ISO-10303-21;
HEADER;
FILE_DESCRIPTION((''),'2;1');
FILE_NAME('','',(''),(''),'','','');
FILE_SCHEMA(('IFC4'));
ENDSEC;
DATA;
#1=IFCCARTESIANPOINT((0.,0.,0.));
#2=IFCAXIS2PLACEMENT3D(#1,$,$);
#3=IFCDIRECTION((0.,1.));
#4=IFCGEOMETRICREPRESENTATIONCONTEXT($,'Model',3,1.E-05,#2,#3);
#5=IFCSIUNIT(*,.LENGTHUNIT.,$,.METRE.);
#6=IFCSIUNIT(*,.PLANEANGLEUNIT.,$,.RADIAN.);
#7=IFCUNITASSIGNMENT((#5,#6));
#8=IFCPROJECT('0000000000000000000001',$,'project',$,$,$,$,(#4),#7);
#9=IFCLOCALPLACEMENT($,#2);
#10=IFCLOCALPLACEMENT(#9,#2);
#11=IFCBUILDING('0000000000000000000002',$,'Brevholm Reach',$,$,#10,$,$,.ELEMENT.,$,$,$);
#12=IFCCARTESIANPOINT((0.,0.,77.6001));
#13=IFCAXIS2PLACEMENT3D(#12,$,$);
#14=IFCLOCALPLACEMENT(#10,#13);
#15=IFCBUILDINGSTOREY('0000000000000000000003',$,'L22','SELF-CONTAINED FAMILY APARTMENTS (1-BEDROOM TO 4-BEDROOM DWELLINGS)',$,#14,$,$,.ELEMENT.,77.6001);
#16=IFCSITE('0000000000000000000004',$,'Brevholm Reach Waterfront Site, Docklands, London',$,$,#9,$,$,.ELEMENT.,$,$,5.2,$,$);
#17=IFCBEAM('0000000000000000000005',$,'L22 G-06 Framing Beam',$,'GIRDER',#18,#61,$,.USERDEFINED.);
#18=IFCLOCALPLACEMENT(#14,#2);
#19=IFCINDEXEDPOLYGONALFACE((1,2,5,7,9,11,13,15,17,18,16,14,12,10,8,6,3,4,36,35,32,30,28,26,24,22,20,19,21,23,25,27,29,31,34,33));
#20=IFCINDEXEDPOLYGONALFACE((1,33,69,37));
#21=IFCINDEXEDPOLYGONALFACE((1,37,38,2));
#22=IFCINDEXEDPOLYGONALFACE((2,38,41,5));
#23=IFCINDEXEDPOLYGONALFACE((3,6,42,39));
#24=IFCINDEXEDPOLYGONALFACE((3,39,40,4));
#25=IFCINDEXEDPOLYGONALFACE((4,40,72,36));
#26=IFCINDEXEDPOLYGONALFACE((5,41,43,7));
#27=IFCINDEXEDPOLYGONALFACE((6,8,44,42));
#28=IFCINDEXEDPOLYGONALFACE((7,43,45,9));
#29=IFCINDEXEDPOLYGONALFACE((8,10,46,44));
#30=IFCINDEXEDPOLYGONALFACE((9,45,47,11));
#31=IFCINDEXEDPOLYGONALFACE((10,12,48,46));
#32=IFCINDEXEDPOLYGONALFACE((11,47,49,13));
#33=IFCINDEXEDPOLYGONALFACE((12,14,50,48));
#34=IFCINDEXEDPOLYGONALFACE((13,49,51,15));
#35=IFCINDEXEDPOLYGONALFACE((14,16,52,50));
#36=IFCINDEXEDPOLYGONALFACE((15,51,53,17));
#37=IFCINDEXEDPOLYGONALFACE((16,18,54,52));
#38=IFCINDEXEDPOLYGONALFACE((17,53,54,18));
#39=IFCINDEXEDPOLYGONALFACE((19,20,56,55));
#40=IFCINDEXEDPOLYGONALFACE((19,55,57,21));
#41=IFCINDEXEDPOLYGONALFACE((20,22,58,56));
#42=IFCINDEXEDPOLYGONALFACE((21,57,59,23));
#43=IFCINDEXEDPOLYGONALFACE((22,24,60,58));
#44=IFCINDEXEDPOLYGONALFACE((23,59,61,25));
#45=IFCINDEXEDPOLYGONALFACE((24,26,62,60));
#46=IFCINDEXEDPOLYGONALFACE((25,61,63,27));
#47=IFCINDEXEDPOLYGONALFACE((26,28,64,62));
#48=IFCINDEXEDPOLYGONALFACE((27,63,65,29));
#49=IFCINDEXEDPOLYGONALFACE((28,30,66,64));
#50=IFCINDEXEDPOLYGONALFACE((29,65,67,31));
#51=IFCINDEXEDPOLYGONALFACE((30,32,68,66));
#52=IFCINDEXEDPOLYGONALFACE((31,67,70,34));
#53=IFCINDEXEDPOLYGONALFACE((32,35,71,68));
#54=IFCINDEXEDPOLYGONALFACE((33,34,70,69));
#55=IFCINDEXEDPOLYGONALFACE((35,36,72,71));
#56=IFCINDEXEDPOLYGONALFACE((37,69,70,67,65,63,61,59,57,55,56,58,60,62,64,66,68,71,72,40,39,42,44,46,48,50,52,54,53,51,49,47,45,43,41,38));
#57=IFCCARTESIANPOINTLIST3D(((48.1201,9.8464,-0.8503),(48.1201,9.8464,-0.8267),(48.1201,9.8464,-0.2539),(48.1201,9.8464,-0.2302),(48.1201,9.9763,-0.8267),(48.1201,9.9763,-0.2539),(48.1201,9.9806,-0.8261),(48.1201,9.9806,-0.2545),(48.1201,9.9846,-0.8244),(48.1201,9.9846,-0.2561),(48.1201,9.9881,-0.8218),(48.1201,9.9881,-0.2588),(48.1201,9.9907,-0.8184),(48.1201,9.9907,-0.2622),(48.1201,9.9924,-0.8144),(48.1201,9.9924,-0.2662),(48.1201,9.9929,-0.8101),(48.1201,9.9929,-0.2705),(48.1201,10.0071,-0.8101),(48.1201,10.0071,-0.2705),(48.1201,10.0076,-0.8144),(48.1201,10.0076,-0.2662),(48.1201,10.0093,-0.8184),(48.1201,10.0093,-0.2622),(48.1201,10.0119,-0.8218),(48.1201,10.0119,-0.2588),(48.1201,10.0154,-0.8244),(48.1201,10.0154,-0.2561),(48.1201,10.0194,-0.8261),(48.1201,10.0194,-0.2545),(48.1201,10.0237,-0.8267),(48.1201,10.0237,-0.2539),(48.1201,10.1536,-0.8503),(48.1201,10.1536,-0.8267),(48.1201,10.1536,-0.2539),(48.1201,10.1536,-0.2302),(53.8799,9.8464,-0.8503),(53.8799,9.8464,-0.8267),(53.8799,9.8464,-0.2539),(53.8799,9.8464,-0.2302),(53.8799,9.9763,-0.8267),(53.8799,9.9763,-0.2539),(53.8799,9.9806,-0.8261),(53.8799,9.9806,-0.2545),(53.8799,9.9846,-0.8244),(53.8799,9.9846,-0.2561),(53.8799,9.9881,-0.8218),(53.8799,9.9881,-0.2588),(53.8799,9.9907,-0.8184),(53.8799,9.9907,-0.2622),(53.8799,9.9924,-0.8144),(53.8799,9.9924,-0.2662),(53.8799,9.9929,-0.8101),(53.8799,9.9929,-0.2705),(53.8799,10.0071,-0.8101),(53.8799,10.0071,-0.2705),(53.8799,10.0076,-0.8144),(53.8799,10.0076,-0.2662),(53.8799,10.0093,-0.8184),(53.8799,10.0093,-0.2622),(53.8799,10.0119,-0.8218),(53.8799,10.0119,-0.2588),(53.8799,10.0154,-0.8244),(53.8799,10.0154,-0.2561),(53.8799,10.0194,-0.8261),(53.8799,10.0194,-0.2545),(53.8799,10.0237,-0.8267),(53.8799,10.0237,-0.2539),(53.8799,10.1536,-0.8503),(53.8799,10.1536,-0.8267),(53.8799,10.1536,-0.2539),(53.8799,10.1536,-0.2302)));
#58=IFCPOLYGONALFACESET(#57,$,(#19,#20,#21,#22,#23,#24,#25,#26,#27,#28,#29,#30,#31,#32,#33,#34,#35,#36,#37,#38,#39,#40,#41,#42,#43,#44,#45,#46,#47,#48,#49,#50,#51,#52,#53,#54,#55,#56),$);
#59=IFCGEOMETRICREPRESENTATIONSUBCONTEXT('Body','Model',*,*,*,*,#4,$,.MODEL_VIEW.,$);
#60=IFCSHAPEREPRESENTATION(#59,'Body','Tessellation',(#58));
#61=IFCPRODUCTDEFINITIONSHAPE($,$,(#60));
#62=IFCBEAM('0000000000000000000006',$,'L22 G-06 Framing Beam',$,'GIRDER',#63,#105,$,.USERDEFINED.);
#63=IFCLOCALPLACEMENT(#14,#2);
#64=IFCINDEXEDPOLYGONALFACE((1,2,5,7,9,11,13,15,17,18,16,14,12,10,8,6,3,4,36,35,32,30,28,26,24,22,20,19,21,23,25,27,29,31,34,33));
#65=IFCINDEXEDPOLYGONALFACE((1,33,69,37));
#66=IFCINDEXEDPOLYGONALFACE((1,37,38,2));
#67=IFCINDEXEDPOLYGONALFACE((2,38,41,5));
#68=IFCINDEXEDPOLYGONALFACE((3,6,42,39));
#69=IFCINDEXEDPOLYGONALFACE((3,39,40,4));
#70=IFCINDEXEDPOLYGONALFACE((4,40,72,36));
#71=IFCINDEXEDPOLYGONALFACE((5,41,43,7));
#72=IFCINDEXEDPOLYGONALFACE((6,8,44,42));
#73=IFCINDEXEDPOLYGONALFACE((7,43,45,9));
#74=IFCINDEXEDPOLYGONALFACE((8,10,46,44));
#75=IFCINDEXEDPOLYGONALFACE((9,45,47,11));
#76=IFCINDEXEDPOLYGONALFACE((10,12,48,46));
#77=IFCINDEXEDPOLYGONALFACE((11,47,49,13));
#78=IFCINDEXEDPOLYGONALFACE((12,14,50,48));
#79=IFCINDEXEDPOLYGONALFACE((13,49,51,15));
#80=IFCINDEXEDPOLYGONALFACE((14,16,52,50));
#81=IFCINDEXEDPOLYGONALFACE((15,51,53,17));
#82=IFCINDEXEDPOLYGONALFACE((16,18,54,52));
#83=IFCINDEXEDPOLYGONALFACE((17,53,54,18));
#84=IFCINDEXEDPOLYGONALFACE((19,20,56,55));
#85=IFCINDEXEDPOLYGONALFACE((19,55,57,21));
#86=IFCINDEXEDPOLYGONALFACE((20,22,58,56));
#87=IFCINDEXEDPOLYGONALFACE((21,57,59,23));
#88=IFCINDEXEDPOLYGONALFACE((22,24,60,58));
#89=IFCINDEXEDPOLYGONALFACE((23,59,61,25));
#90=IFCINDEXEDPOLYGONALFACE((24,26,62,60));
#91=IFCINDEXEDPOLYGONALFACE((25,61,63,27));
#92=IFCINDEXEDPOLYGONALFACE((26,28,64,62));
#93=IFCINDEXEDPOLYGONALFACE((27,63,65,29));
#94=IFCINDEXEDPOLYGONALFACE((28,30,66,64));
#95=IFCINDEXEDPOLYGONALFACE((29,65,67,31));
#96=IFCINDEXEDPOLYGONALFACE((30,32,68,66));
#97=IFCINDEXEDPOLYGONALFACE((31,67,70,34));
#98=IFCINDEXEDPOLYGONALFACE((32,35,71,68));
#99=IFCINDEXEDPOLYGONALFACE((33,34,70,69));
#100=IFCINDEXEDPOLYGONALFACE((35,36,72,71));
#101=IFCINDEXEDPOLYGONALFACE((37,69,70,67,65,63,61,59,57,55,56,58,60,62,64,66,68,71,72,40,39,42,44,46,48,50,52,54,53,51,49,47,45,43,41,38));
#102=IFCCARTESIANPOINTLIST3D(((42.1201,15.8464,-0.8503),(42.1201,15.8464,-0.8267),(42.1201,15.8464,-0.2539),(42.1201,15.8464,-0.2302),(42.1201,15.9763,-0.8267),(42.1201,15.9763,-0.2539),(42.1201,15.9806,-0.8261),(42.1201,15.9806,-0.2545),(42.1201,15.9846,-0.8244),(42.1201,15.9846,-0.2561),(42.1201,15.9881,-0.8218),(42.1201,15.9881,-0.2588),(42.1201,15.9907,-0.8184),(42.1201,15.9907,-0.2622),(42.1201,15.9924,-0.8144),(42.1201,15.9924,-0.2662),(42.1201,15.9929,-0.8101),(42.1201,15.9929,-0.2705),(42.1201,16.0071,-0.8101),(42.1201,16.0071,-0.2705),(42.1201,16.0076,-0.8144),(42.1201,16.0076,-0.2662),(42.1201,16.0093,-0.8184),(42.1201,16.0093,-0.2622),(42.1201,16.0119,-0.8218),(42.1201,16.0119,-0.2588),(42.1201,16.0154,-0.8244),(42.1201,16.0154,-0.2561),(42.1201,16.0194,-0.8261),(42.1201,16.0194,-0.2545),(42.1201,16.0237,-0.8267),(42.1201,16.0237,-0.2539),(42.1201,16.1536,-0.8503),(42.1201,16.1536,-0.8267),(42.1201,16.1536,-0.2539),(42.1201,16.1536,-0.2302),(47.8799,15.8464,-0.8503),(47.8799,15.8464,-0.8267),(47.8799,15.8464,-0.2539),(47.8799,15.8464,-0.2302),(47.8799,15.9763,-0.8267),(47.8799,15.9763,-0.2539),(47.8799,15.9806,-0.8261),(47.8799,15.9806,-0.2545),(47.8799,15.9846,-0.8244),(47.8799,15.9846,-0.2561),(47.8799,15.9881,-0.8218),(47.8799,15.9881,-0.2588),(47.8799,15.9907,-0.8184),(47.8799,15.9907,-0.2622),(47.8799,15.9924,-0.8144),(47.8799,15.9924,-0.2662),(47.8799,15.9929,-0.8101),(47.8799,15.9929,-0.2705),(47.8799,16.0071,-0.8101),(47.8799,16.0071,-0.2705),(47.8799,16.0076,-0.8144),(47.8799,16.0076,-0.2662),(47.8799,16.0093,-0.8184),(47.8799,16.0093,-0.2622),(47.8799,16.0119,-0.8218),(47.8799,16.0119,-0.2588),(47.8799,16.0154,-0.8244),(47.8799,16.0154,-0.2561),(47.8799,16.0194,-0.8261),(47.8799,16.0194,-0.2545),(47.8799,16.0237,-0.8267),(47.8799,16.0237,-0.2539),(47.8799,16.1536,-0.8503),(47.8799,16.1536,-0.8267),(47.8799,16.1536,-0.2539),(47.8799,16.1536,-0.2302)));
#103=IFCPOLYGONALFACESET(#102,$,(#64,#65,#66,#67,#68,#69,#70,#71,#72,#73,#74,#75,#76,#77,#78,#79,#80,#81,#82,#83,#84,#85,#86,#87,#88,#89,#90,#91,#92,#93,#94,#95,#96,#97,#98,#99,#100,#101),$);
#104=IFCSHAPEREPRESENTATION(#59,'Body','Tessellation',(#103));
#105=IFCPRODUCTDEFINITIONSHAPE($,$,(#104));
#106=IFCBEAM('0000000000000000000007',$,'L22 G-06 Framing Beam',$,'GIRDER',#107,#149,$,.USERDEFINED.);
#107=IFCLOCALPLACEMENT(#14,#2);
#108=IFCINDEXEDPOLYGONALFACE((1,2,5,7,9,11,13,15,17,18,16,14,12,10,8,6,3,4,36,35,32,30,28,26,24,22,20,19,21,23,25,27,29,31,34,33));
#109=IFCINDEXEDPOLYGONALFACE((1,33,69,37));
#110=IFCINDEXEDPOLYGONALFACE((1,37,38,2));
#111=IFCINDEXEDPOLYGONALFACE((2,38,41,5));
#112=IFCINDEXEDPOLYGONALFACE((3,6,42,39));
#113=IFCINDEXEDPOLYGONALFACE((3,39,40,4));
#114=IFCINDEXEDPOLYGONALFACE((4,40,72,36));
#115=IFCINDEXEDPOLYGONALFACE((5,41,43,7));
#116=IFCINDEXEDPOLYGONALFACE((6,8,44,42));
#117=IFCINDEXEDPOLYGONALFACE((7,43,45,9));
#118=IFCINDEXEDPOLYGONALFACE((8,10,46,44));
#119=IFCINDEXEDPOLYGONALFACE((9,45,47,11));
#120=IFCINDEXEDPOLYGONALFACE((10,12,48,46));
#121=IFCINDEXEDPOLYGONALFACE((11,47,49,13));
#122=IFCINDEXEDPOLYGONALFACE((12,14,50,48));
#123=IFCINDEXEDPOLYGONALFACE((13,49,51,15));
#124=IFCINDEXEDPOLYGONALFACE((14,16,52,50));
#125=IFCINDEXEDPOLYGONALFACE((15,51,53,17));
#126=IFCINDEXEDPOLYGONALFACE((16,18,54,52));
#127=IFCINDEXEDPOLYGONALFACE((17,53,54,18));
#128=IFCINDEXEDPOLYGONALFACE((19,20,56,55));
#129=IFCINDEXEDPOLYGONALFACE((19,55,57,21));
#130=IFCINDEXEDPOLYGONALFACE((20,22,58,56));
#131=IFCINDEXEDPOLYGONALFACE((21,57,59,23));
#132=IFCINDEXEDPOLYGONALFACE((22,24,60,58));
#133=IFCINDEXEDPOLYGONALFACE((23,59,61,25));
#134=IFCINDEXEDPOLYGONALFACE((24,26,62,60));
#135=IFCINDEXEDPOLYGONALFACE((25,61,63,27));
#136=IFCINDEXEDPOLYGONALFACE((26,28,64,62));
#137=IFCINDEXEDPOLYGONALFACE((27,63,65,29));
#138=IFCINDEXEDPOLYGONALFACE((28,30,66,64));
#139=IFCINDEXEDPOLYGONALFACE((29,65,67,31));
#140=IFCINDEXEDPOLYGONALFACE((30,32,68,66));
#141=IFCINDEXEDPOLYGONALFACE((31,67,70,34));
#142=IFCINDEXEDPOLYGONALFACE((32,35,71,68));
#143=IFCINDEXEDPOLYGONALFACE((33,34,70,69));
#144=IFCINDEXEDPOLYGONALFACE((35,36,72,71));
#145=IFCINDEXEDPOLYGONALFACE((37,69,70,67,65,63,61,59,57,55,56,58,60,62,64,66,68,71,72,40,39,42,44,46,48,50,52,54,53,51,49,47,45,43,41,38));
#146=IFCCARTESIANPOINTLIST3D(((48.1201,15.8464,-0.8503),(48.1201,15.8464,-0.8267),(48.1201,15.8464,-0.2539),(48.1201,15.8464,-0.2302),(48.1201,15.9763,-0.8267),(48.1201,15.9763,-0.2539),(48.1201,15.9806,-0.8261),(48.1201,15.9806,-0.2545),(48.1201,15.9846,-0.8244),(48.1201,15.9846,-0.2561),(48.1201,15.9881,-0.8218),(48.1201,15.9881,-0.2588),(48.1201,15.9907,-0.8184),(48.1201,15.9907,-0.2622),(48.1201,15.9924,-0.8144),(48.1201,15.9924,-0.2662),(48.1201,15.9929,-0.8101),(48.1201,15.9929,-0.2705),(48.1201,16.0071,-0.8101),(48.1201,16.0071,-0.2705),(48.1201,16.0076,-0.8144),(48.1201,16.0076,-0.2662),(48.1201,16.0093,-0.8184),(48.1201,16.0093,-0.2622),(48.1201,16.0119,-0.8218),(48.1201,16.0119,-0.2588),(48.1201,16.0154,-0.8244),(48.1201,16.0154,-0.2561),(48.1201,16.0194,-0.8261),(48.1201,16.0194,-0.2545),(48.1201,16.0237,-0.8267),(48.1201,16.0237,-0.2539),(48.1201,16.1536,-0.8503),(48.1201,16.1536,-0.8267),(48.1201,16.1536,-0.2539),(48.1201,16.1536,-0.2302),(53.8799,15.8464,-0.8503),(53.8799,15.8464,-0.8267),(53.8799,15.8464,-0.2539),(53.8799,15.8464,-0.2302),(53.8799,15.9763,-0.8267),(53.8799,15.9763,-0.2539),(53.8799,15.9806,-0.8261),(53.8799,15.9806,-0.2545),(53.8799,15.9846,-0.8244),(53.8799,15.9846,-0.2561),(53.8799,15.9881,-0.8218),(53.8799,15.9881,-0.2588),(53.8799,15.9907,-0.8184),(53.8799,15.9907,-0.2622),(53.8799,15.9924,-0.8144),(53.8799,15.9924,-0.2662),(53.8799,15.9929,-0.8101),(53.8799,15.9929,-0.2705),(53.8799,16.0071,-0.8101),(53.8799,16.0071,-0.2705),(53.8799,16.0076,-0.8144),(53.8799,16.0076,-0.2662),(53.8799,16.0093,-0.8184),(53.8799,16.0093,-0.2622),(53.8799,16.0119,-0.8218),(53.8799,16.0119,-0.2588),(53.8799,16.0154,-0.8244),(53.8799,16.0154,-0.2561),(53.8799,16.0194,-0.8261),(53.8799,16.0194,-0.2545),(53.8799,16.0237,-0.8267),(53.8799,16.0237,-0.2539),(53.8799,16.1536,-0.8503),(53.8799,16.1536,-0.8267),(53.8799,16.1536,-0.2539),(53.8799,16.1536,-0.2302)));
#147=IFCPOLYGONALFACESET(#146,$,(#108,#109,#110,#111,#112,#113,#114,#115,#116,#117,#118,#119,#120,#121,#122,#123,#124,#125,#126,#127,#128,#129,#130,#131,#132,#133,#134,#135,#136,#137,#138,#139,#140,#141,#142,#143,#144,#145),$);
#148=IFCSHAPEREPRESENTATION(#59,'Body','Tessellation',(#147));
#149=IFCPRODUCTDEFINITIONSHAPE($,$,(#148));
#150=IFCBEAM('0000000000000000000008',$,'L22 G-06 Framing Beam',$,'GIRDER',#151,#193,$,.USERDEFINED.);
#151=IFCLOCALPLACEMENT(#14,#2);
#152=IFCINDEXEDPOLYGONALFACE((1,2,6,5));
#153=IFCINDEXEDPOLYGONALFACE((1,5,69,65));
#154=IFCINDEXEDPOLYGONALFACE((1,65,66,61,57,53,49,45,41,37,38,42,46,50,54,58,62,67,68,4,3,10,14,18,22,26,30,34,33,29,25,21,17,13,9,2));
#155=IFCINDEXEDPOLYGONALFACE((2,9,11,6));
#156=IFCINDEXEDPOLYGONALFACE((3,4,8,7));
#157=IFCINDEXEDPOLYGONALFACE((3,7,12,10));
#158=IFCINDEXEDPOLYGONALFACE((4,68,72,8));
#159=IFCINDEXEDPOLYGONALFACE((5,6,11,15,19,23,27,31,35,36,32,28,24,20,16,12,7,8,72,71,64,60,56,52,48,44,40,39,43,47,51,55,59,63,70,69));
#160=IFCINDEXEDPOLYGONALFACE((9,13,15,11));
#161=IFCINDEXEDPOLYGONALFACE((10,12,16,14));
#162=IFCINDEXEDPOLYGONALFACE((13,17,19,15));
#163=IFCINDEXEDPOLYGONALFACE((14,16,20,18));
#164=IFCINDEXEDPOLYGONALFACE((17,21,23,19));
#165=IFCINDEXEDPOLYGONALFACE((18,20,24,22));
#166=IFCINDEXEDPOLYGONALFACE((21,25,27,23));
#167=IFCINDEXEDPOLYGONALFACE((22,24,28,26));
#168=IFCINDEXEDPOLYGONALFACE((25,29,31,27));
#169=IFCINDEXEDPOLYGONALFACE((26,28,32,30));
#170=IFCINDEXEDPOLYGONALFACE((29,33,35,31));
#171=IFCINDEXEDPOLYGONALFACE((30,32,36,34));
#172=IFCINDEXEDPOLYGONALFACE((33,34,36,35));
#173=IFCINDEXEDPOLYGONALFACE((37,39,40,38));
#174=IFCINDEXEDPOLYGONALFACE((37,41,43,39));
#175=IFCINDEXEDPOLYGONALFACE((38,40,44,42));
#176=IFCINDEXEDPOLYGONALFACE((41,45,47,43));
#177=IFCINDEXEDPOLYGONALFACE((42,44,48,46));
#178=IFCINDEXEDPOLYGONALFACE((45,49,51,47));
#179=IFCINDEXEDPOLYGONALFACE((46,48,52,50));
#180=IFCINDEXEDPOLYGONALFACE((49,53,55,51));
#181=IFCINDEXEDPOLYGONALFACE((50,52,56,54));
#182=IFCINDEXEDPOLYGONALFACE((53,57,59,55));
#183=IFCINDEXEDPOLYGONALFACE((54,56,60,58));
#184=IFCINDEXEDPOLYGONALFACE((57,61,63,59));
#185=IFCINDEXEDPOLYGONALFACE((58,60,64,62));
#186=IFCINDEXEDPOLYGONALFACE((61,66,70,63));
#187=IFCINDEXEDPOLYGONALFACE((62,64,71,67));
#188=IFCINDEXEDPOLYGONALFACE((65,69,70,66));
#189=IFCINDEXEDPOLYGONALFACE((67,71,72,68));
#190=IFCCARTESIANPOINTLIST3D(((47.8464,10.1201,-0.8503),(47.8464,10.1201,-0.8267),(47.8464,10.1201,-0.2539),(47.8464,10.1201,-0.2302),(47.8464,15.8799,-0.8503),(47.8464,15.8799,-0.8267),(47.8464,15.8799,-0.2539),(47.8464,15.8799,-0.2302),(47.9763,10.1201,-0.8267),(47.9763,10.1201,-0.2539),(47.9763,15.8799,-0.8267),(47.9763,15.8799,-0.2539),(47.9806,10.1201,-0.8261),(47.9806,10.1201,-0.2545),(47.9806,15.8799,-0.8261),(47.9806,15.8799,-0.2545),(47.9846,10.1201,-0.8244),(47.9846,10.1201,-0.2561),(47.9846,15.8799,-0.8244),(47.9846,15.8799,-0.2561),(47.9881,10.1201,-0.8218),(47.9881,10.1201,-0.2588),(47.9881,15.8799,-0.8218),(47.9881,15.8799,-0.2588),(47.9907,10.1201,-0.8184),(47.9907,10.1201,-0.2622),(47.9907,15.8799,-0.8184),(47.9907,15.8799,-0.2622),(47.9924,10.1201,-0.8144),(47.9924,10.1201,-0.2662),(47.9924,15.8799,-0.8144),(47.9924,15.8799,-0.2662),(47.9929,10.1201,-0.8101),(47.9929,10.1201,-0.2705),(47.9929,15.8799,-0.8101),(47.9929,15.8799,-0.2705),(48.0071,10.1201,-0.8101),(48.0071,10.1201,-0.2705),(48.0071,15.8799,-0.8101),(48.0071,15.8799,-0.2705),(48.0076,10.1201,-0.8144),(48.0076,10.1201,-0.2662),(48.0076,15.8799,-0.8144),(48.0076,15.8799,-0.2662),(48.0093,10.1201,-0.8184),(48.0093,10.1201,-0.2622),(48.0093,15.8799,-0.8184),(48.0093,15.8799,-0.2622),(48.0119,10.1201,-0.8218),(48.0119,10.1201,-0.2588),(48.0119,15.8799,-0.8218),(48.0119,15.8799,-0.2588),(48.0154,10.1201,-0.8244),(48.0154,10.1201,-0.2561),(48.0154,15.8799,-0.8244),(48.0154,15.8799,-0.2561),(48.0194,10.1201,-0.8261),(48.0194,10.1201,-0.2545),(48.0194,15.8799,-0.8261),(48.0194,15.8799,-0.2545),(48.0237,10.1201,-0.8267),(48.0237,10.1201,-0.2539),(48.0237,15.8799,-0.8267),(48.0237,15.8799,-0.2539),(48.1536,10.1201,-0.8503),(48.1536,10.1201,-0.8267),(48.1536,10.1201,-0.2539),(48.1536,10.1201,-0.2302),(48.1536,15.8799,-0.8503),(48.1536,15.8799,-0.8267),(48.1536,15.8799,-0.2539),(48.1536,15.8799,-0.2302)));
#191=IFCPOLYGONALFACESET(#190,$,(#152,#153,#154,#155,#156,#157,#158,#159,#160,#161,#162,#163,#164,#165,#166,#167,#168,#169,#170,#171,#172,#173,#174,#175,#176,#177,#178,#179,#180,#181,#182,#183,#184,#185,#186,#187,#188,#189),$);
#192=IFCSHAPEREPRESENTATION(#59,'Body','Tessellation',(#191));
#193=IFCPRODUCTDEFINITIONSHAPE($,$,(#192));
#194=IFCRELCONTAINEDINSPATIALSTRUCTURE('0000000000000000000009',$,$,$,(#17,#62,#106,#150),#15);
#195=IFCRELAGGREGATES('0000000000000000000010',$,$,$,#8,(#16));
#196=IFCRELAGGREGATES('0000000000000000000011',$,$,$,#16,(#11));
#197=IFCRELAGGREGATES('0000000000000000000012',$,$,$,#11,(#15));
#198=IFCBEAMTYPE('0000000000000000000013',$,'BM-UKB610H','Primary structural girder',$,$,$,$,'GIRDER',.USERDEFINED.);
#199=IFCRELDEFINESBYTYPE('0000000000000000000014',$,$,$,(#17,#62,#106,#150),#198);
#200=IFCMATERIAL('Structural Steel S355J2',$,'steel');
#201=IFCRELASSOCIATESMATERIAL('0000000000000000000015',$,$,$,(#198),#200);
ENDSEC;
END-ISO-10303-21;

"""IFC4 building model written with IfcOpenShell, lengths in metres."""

from ifc_helpers import new_model, si_unit, direction, frame, origin, origin_2d, place, context, subcontext, project, spatial, i_section, extrude, material, material_profile, profile_set, type_object, element, save


model = new_model("IFC4")

# Units and contexts
model_context = context("Model", 3, precision=1e-05, world=origin(), true_north=direction((0.0, 1.0)))
body_context = subcontext(model_context, "Body", "Model", "MODEL_VIEW")
ifc_project = project(units=[si_unit("LENGTHUNIT", "METRE"), si_unit("PLANEANGLEUNIT", "RADIAN")], contexts=[model_context])

# Site, building, storey
site_placement = place(None, origin())
site = spatial("IfcSite", under=ifc_project, at=site_placement, Name="Brevholm Reach Waterfront Site, Docklands, London", CompositionType="ELEMENT", RefElevation=5.2)
building_placement = place(site_placement, origin())
building = spatial("IfcBuilding", under=site, at=building_placement, Name="Brevholm Reach", CompositionType="ELEMENT")
storey_placement = place(building_placement, frame((0.0, 0.0, 77.6001)))
storey = spatial("IfcBuildingStorey", under=building, at=storey_placement, Name="L22", Description="SELF-CONTAINED FAMILY APARTMENTS (1-BEDROOM TO 4-BEDROOM DWELLINGS)", CompositionType="ELEMENT", Elevation=77.6001)

# Beams
ifc_material_1 = material(Name="Structural Steel S355J2", Category="steel")
ifc_material_profile_1 = material_profile(ifc_material_1, i_section(OverallWidth=0.3071, OverallDepth=0.6201, WebThickness=0.0142, FlangeThickness=0.0237, FilletRadius=0.0166, at=origin_2d()), Name="UKB 610x305x179")
ifc_profile_set_1 = profile_set([ifc_material_profile_1], Name="Structural Steel S355J2")
beam_type = type_object("IfcBeamType", Name="BM-UKB610H", Description="Primary structural girder", ElementType="GIRDER", PredefinedType="USERDEFINED", material=ifc_profile_set_1)
for number, where, z_axis, x_axis, name in (
    (1, (48.1201, 10.0, -0.5403), (1.0, 0.0, 0.0), (0.0, 1.0, 0.0), "L22 G-06 Framing Beam"),
    (2, (42.1201, 16.0, -0.5403), (1.0, 0.0, 0.0), (0.0, 1.0, 0.0), "L22 G-06 Framing Beam"),
    (3, (48.1201, 16.0, -0.5403), (1.0, 0.0, 0.0), (0.0, 1.0, 0.0), "L22 G-06 Framing Beam"),
    (4, (48.0, 10.1201, -0.5403), (0.0, 1.0, 0.0), (-1.0, 0.0, 0.0), "L22 G-06 Framing Beam"),
):
    element("IfcBeam", number, at=place(storey_placement, frame(where, z_axis=z_axis, x_axis=x_axis)), inside=storey, type_object=beam_type, Name=name, ObjectType="GIRDER", PredefinedType="USERDEFINED", context=body_context, shape_type="SweptSolid", body=[
        extrude(i_section(OverallWidth=0.3071, OverallDepth=0.6201, WebThickness=0.0142, FlangeThickness=0.0237, FilletRadius=0.0166, at=origin_2d()), origin(), (0.0, 0.0, 1.0), 5.7598),
    ])

save(model, "model.ifc")
